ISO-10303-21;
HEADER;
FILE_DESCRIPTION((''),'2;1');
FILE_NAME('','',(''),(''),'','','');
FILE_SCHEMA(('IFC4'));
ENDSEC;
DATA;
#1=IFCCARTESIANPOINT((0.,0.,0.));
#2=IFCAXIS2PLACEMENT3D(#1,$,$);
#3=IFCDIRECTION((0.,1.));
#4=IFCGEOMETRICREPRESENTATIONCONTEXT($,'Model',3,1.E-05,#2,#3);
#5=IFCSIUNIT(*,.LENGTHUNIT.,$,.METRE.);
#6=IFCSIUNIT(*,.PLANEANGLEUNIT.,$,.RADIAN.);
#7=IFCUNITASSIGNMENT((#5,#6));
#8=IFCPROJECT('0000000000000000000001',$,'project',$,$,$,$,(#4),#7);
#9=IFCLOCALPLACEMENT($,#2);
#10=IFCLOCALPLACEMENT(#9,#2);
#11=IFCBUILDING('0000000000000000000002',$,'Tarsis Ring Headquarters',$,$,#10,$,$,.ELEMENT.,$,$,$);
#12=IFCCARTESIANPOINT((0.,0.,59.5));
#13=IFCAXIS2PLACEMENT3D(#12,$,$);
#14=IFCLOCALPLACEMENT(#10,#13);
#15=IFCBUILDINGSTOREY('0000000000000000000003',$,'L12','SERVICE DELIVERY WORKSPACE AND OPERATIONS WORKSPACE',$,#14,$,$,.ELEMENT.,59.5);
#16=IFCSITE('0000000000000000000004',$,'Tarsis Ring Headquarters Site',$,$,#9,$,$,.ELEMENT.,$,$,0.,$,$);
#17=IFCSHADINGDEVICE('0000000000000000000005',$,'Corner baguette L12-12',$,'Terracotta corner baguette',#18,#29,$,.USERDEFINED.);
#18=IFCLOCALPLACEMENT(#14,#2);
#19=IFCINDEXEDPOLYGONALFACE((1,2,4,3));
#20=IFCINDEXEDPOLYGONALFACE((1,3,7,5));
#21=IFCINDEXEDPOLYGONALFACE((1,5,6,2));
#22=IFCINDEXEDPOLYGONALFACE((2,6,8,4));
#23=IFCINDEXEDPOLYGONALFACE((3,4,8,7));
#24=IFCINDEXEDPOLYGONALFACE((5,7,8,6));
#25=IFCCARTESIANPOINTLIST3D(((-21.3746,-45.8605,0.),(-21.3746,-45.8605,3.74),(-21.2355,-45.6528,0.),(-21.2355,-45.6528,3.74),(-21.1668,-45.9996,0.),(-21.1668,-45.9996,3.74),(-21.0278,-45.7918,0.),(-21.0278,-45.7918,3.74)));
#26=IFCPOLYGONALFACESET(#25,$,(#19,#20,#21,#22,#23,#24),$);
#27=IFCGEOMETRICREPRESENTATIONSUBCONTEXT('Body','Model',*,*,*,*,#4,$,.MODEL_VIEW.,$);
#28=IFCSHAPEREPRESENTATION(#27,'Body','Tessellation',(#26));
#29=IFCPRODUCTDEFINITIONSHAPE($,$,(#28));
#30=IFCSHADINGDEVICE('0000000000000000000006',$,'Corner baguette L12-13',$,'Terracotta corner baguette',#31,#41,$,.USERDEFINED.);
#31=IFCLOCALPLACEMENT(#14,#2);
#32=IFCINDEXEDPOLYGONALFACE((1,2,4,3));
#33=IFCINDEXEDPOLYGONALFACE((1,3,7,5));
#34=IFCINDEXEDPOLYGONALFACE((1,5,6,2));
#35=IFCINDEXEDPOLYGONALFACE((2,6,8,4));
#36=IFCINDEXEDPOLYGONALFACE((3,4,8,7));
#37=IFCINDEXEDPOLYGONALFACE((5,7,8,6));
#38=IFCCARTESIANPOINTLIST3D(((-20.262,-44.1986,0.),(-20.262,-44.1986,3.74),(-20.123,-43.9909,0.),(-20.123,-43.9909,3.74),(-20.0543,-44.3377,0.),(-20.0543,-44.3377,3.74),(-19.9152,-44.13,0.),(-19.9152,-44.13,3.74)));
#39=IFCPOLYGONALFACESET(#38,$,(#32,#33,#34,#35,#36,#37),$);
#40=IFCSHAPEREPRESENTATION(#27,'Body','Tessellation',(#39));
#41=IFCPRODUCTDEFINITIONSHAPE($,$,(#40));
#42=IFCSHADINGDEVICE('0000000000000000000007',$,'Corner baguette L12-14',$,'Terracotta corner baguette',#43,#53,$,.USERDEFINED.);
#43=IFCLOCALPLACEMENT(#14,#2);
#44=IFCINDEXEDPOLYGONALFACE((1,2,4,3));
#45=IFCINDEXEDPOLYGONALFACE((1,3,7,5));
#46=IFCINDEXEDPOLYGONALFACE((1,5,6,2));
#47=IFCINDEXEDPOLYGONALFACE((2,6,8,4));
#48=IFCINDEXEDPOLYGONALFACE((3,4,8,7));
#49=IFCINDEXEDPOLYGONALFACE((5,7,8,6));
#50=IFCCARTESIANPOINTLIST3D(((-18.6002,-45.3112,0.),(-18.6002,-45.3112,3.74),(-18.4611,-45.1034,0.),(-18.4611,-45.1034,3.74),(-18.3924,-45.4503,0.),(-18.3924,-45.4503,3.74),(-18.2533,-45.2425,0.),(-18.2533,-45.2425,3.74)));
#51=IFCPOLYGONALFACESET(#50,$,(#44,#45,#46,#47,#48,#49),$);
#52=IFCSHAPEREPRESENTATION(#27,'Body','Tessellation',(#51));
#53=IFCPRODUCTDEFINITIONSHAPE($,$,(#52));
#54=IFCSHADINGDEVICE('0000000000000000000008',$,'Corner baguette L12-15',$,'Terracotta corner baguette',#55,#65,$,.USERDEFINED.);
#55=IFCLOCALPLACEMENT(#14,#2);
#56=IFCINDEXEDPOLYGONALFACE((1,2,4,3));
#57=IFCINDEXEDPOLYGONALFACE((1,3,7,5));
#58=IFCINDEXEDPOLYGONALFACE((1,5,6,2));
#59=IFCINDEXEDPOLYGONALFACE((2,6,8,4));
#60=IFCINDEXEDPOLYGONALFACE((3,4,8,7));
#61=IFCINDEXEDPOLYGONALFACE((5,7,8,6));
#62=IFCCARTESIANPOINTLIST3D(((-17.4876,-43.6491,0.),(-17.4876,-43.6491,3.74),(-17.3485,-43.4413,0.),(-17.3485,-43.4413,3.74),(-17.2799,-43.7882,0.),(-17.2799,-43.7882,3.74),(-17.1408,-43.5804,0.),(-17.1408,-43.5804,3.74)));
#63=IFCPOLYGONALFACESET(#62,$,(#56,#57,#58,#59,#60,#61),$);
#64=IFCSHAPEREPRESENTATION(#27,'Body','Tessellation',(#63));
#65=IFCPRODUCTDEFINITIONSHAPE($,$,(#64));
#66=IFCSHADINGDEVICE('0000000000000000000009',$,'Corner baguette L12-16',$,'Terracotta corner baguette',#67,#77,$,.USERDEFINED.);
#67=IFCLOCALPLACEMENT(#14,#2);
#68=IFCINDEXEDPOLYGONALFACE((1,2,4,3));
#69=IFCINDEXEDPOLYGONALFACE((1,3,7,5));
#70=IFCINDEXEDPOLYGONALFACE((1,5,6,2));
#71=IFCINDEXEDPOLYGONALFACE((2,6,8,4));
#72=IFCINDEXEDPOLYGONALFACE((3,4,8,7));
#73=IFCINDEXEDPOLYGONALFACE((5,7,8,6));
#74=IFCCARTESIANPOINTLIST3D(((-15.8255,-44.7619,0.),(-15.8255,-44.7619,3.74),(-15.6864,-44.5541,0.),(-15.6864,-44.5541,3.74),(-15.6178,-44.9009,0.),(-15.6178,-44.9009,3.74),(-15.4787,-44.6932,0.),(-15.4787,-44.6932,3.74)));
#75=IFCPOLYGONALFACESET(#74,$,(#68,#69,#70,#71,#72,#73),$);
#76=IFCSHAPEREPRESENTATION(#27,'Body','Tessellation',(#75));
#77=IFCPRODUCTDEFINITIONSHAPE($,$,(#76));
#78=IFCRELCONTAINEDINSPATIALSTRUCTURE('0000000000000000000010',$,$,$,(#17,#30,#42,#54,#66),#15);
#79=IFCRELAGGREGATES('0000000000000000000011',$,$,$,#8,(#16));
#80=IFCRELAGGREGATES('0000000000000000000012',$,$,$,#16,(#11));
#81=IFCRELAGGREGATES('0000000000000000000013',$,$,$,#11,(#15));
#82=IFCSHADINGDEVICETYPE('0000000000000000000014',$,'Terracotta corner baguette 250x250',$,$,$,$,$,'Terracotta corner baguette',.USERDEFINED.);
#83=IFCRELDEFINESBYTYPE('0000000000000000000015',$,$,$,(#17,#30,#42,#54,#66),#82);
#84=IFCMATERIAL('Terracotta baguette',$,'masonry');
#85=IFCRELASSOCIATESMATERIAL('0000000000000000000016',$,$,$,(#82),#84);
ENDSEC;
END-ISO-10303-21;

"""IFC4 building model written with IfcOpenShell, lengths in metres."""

from ifc_helpers import new_model, si_unit, direction, frame, origin, origin_2d, place, context, subcontext, project, spatial, rectangle, extrude, material, type_object, element, save


model = new_model("IFC4")

# Units and contexts
model_context = context("Model", 3, precision=1e-05, world=origin(), true_north=direction((0.0, 1.0)))
body_context = subcontext(model_context, "Body", "Model", "MODEL_VIEW")
ifc_project = project(units=[si_unit("LENGTHUNIT", "METRE"), si_unit("PLANEANGLEUNIT", "RADIAN")], contexts=[model_context])

# Site, building, storey
site_placement = place(None, origin())
site = spatial("IfcSite", under=ifc_project, at=site_placement, Name="Tarsis Ring Headquarters Site", CompositionType="ELEMENT", RefElevation=0.0)
building_placement = place(site_placement, origin())
building = spatial("IfcBuilding", under=site, at=building_placement, Name="Tarsis Ring Headquarters", CompositionType="ELEMENT")
storey_placement = place(building_placement, frame((0.0, 0.0, 59.5)))
storey = spatial("IfcBuildingStorey", under=building, at=storey_placement, Name="L12", Description="SERVICE DELIVERY WORKSPACE AND OPERATIONS WORKSPACE", CompositionType="ELEMENT", Elevation=59.5)

# Shading devices
ifc_material_1 = material(Name="Terracotta baguette", Category="masonry")
shading_device_type_1 = type_object("IfcShadingDeviceType", Name="Terracotta corner baguette 250x250", ElementType="Terracotta corner baguette", PredefinedType="USERDEFINED", material=ifc_material_1)
for number, where, z_axis, x_axis, name in (
    (1, (-21.2012, -45.8262, 0.0), (0.0, 0.0, 1.0), (0.830985, -0.556296, 0.0), "Corner baguette L12-12"),
    (2, (-20.0886, -44.1643, 0.0), (0.0, 0.0, 1.0), (0.556296, 0.830985, 0.0), "Corner baguette L12-13"),
    (3, (-18.4268, -45.2769, 0.0), (0.0, 0.0, 1.0), (0.830984, -0.556296, 0.0), "Corner baguette L12-14"),
    (4, (-17.3142, -43.6147, 0.0), (0.0, 0.0, 1.0), (0.556296, 0.830984, 0.0), "Corner baguette L12-15"),
    (5, (-15.6521, -44.7275, 0.0), (0.0, 0.0, 1.0), (0.830984, -0.556296, 0.0), "Corner baguette L12-16"),
):
    element("IfcShadingDevice", number, at=place(storey_placement, frame(where, z_axis=z_axis, x_axis=x_axis)), inside=storey, type_object=shading_device_type_1, Name=name, ObjectType="Terracotta corner baguette", PredefinedType="USERDEFINED", context=body_context, shape_type="SweptSolid", body=[
        extrude(rectangle(XDim=0.25, YDim=0.25, at=origin_2d()), origin(), (0.0, 0.0, 1.0), 3.74),
    ])

save(model, "model.ifc")
